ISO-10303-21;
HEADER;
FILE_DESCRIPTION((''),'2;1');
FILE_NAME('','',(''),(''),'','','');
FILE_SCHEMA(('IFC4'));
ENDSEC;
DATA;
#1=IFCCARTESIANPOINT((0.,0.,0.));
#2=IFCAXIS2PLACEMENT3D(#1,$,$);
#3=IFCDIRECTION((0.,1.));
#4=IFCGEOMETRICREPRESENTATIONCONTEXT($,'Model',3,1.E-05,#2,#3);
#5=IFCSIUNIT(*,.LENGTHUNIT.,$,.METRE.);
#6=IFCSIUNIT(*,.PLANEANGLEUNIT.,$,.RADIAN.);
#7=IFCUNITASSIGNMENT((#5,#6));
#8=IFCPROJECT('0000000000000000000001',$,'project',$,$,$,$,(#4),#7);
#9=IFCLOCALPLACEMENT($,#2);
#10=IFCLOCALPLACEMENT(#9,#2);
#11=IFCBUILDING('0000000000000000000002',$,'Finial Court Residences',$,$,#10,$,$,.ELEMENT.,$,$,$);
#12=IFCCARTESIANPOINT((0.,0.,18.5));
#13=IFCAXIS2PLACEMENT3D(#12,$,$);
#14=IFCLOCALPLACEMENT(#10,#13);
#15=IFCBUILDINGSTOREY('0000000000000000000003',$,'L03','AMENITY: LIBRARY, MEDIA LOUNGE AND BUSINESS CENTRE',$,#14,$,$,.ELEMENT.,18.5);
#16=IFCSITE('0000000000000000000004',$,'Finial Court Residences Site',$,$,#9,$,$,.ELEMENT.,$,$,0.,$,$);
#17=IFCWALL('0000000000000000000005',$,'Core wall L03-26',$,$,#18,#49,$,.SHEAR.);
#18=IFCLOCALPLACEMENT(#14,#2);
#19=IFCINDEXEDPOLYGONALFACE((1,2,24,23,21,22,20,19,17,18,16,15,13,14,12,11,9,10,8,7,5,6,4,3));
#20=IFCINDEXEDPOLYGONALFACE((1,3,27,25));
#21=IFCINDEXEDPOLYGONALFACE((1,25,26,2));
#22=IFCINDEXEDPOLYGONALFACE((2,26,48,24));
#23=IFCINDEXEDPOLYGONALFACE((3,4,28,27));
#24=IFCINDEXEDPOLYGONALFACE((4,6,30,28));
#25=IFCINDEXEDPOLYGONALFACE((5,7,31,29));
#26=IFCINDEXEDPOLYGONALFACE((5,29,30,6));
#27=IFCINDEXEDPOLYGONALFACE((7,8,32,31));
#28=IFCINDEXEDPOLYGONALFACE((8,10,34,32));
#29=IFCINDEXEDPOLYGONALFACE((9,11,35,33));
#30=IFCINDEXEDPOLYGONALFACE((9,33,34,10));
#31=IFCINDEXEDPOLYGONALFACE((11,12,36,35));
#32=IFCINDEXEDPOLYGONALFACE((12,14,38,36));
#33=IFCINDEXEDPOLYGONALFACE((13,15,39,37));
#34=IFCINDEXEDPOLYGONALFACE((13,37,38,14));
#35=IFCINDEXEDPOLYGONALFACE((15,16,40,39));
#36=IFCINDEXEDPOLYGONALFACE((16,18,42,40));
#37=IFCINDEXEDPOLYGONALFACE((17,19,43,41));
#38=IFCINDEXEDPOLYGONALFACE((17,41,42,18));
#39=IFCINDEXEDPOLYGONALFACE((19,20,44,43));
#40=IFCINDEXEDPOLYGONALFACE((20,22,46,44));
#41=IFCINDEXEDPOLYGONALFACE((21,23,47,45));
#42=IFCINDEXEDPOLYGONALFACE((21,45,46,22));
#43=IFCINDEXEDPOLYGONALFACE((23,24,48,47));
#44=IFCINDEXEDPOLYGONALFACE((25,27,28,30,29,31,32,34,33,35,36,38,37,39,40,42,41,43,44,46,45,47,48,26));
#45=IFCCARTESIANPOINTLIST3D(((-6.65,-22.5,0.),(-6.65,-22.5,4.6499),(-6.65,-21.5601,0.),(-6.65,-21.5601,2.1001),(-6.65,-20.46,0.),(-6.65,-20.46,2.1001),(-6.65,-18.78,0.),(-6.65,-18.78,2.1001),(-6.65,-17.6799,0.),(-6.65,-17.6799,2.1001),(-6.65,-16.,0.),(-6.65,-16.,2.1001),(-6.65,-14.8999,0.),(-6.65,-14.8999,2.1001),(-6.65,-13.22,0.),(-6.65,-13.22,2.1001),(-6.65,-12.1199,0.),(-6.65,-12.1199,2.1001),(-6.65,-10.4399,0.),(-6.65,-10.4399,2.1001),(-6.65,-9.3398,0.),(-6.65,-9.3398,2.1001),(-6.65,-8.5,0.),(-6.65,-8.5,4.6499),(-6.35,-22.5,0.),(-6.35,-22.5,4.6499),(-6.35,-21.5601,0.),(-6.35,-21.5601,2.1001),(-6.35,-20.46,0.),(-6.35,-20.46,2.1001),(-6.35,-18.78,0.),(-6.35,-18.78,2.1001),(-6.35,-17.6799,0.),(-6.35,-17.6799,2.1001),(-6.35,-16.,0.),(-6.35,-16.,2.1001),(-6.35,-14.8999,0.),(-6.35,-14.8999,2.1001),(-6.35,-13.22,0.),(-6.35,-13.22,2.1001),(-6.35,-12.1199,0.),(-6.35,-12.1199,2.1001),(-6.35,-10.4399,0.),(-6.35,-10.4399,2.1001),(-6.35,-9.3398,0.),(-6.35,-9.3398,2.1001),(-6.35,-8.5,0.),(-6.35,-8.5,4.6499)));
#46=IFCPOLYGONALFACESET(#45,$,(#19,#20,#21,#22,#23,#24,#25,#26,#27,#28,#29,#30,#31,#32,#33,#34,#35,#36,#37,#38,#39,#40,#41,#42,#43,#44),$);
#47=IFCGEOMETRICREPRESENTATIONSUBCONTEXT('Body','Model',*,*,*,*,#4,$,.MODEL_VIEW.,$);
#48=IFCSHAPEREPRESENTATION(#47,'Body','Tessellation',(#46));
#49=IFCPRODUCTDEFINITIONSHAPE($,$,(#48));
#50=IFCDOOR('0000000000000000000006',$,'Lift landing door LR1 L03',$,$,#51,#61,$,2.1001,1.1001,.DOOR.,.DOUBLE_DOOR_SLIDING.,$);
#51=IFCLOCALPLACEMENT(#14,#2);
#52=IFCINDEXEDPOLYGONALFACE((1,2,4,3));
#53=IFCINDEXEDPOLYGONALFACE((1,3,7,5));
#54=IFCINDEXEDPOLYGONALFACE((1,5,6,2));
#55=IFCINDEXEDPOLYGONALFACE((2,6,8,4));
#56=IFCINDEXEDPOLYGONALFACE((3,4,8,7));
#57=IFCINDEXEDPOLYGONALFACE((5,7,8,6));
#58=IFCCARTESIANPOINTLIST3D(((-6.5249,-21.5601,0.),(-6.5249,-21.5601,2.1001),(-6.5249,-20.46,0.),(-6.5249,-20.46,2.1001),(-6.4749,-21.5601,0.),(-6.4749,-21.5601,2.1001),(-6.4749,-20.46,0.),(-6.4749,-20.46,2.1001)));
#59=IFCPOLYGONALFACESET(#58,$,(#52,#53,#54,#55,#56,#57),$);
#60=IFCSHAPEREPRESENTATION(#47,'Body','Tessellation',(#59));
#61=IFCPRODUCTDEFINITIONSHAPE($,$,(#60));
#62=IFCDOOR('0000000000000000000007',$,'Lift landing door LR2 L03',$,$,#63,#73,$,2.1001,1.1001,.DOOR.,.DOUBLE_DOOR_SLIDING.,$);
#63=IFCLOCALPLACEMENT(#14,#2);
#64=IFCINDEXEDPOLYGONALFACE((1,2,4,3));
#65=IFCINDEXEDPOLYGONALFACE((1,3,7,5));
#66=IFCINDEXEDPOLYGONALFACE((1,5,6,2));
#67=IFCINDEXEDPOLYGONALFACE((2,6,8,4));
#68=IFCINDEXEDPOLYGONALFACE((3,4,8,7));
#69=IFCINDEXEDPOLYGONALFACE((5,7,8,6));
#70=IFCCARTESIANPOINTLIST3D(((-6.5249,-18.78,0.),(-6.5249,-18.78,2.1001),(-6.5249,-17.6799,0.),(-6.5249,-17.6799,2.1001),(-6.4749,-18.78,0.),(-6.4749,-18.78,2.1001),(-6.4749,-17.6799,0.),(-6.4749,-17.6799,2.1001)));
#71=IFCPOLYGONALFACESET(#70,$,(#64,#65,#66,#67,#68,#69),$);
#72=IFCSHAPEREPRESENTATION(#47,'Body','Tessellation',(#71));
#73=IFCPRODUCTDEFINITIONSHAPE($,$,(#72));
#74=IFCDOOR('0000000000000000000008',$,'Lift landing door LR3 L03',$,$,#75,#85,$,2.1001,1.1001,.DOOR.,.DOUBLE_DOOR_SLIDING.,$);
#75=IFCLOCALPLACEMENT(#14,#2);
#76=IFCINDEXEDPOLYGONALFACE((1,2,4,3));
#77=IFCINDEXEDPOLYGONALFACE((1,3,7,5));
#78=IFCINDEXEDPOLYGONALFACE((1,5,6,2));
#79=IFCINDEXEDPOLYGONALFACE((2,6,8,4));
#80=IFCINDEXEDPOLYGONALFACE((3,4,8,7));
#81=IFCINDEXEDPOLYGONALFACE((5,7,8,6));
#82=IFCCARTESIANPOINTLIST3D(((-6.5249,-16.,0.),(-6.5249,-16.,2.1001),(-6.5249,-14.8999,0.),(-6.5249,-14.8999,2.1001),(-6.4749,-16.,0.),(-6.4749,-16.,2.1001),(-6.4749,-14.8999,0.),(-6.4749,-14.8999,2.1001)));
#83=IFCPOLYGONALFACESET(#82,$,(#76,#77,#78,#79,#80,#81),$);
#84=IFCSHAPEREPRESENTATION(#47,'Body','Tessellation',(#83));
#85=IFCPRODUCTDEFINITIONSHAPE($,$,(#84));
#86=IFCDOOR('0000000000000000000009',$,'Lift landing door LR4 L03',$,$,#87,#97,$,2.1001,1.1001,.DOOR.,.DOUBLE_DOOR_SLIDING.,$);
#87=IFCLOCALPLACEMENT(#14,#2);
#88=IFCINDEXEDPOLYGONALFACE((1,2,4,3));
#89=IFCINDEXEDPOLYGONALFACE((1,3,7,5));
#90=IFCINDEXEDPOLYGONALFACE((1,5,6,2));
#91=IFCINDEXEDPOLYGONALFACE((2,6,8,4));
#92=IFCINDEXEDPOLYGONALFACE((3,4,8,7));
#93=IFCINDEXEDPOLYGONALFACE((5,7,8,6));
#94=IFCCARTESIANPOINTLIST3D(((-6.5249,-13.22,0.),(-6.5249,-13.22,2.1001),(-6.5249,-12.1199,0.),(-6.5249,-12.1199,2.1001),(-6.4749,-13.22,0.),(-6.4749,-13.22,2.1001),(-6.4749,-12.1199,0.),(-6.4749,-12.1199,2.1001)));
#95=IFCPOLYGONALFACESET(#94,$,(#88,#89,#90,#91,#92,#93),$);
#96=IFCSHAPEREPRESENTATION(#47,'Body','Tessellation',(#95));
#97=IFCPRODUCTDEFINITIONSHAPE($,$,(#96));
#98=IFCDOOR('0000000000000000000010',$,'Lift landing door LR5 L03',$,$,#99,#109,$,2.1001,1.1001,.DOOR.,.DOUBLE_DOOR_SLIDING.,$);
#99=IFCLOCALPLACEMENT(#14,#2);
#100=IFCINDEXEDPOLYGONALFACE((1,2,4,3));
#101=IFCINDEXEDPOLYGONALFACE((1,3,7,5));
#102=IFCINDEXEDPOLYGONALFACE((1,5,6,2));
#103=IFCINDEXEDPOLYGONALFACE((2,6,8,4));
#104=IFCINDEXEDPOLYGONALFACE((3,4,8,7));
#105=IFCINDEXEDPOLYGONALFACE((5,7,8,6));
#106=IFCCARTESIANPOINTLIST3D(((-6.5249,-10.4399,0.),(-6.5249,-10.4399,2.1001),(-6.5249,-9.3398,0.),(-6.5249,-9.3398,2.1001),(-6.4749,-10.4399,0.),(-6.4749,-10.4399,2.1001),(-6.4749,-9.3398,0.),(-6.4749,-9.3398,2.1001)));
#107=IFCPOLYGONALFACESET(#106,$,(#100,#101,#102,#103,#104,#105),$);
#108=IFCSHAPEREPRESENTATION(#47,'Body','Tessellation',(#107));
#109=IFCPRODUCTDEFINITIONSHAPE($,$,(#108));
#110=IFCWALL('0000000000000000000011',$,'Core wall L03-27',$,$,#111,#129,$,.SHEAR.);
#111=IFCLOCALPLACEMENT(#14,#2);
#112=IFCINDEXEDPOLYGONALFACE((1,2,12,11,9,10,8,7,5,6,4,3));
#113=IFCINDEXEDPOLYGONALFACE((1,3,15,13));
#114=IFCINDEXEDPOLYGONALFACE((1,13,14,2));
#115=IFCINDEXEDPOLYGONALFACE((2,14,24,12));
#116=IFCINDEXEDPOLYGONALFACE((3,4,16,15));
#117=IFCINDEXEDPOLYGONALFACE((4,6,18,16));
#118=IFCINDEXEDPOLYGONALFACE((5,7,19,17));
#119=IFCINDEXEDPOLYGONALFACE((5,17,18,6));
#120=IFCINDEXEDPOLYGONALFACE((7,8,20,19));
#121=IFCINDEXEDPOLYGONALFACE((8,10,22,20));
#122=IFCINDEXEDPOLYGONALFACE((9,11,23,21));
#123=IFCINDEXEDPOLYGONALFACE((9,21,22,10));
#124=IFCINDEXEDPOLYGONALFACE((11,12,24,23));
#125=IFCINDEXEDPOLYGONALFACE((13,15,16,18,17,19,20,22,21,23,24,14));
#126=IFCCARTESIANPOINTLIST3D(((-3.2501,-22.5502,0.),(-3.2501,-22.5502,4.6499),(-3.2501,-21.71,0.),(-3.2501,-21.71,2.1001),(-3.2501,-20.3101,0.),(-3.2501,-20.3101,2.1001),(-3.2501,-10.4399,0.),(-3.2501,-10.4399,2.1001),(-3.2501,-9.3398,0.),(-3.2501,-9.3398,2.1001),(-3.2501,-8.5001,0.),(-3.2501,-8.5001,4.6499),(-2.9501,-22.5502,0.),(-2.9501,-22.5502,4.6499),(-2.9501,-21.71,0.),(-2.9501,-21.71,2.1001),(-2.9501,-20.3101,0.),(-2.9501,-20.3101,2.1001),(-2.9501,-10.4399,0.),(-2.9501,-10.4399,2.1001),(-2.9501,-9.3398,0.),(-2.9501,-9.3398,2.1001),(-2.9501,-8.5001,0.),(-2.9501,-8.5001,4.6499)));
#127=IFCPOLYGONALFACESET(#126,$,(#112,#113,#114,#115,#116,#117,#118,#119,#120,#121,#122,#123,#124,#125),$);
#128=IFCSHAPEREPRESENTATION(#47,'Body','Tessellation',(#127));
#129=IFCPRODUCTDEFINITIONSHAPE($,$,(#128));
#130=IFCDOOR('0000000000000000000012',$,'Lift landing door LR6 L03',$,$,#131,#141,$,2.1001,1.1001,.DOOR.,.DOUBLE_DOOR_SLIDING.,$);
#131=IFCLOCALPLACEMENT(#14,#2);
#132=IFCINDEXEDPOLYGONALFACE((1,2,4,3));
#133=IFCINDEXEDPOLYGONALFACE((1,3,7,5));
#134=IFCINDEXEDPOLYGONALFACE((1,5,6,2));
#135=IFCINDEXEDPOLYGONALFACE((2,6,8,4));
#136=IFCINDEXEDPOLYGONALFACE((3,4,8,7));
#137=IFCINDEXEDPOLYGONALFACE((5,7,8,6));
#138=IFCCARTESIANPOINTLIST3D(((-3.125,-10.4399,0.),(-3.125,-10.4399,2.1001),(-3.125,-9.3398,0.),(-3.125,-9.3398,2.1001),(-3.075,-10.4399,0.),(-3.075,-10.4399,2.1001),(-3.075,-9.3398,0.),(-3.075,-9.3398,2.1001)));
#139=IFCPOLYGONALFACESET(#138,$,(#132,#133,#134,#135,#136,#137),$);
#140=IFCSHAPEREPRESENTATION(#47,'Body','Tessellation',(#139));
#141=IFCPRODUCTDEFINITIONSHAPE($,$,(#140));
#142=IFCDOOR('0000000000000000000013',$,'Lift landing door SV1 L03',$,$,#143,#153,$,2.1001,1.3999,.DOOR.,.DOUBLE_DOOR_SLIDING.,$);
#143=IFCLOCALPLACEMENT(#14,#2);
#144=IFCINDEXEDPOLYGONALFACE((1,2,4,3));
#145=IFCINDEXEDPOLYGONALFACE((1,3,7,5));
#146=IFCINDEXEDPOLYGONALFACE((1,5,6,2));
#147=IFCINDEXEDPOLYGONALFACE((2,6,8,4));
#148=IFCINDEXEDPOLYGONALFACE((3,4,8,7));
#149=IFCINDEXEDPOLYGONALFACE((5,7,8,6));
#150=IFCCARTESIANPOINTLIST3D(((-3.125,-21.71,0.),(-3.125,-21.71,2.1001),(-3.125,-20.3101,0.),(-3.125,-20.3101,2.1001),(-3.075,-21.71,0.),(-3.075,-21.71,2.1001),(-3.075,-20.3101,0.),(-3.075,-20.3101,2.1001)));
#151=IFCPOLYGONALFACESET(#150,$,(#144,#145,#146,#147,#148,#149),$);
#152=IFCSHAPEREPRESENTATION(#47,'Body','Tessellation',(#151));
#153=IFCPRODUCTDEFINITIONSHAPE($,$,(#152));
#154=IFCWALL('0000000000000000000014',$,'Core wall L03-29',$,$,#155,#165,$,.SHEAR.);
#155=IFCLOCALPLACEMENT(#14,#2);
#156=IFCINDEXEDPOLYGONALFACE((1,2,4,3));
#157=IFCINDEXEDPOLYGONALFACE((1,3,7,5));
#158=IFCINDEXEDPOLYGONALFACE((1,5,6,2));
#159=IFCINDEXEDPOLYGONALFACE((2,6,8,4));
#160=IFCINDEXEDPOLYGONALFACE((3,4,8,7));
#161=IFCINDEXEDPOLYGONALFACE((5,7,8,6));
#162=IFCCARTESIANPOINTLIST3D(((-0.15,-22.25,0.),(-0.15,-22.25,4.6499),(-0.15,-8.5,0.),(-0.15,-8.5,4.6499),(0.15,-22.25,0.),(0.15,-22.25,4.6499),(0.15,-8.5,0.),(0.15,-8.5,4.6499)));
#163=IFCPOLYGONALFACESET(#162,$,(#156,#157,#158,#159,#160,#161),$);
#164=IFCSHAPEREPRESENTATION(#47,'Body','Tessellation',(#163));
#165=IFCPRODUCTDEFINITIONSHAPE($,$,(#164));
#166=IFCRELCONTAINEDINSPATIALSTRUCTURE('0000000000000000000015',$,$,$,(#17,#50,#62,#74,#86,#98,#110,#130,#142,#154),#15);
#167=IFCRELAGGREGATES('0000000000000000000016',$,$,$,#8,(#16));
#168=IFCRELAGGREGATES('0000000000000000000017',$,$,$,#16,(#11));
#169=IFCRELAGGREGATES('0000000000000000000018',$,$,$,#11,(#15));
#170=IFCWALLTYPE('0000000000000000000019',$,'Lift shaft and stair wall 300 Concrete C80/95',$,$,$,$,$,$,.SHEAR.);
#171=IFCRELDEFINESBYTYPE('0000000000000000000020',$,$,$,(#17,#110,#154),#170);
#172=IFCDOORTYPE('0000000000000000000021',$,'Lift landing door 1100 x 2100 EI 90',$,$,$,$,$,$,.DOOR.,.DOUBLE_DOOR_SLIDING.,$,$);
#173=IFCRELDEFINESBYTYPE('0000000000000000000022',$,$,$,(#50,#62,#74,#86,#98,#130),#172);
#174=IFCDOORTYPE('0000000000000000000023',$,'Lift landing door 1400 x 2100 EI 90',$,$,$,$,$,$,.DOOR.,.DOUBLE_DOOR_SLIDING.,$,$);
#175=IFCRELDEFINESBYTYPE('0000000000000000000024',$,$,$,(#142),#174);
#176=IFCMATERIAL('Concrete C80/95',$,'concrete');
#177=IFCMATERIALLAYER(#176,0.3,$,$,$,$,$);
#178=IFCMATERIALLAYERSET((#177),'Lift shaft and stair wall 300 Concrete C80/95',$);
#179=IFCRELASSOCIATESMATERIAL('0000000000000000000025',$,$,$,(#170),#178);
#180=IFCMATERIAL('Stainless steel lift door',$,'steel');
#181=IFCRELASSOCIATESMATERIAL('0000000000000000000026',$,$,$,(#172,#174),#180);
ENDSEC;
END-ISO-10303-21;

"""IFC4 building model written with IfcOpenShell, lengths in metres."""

from ifc_helpers import new_model, si_unit, direction, frame, frame_2d, origin, place, context, subcontext, project, spatial, rectangle, extrude, material, layer, layer_set, type_object, element, fill, save


model = new_model("IFC4")

# Units and contexts
model_context = context("Model", 3, precision=1e-05, world=origin(), true_north=direction((0.0, 1.0)))
body_context = subcontext(model_context, "Body", "Model", "MODEL_VIEW")
ifc_project = project(units=[si_unit("LENGTHUNIT", "METRE"), si_unit("PLANEANGLEUNIT", "RADIAN")], contexts=[model_context])

# Site, building, storey
site_placement = place(None, origin())
site = spatial("IfcSite", under=ifc_project, at=site_placement, Name="Finial Court Residences Site", CompositionType="ELEMENT", RefElevation=0.0)
building_placement = place(site_placement, origin())
building = spatial("IfcBuilding", under=site, at=building_placement, Name="Finial Court Residences", CompositionType="ELEMENT")
storey_placement = place(building_placement, frame((0.0, 0.0, 18.5)))
storey = spatial("IfcBuildingStorey", under=building, at=storey_placement, Name="L03", Description="AMENITY: LIBRARY, MEDIA LOUNGE AND BUSINESS CENTRE", CompositionType="ELEMENT", Elevation=18.5)

# Shared definitions
ifc_material_1 = material(Name="Concrete C80/95", Category="concrete")
ifc_layer_1 = layer(ifc_material_1, 0.3)
ifc_layer_set_1 = layer_set([ifc_layer_1], Name="Lift shaft and stair wall 300 Concrete C80/95")
wall_type_1 = type_object("IfcWallType", Name="Lift shaft and stair wall 300 Concrete C80/95", PredefinedType="SHEAR", material=ifc_layer_set_1)

# Walls, openings, doors
wall_1_placement = place(storey_placement, frame((-6.5, -22.5, 0.0), z_axis=(0.0, 0.0, 1.0), x_axis=(0.0, 1.0, 0.0)))
wall_1 = element("IfcWall", 1, at=wall_1_placement, inside=storey, type_object=wall_type_1, Name="Core wall L03-26", PredefinedType="SHEAR", context=body_context, shape_type="SweptSolid", body=[
    extrude(rectangle(XDim=14.0, YDim=0.3, at=frame_2d((7.0, 0.0))), origin(), (0.0, 0.0, 1.0), 4.6499),
])
opening_1_placement = place(wall_1_placement, frame((0.9399, 0.0, 0.0)))
opening_1 = element("IfcOpeningElement", 2, at=opening_1_placement, cuts=wall_1, PredefinedType="OPENING", context=body_context, shape_type="SweptSolid", body=[
    extrude(rectangle(XDim=1.1001, YDim=2.1001, at=frame_2d((0.55, 1.05))), frame((0.0, 0.1599, 0.0), z_axis=(0.0, -1.0, 0.0), x_axis=(1.0, 0.0, 0.0)), (0.0, 0.0, 1.0), 0.3201),
])
opening_2_placement = place(wall_1_placement, frame((3.72, 0.0, 0.0)))
opening_2 = element("IfcOpeningElement", 3, at=opening_2_placement, cuts=wall_1, PredefinedType="OPENING", context=body_context, shape_type="SweptSolid", body=[
    extrude(rectangle(XDim=1.1001, YDim=2.1001, at=frame_2d((0.55, 1.05))), frame((0.0, 0.1599, 0.0), z_axis=(0.0, -1.0, 0.0), x_axis=(1.0, 0.0, 0.0)), (0.0, 0.0, 1.0), 0.3201),
])
opening_3_placement = place(wall_1_placement, frame((6.5, 0.0, 0.0)))
opening_3 = element("IfcOpeningElement", 4, at=opening_3_placement, cuts=wall_1, PredefinedType="OPENING", context=body_context, shape_type="SweptSolid", body=[
    extrude(rectangle(XDim=1.1001, YDim=2.1001, at=frame_2d((0.55, 1.05))), frame((0.0, 0.1599, 0.0), z_axis=(0.0, -1.0, 0.0), x_axis=(1.0, 0.0, 0.0)), (0.0, 0.0, 1.0), 0.3201),
])
opening_4_placement = place(wall_1_placement, frame((9.28, 0.0, 0.0)))
opening_4 = element("IfcOpeningElement", 5, at=opening_4_placement, cuts=wall_1, PredefinedType="OPENING", context=body_context, shape_type="SweptSolid", body=[
    extrude(rectangle(XDim=1.1001, YDim=2.1001, at=frame_2d((0.55, 1.05))), frame((0.0, 0.1599, 0.0), z_axis=(0.0, -1.0, 0.0), x_axis=(1.0, 0.0, 0.0)), (0.0, 0.0, 1.0), 0.3201),
])
opening_5_placement = place(wall_1_placement, frame((12.0601, 0.0, 0.0)))
opening_5 = element("IfcOpeningElement", 6, at=opening_5_placement, cuts=wall_1, PredefinedType="OPENING", context=body_context, shape_type="SweptSolid", body=[
    extrude(rectangle(XDim=1.1001, YDim=2.1001, at=frame_2d((0.55, 1.05))), frame((0.0, 0.1599, 0.0), z_axis=(0.0, -1.0, 0.0), x_axis=(1.0, 0.0, 0.0)), (0.0, 0.0, 1.0), 0.3201),
])
ifc_material_2 = material(Name="Stainless steel lift door", Category="steel")
door_type_1 = type_object("IfcDoorType", Name="Lift landing door 1100 x 2100 EI 90", OperationType="DOUBLE_DOOR_SLIDING", PredefinedType="DOOR", material=ifc_material_2)
door_1_placement = place(opening_1_placement, origin())
door_1 = element("IfcDoor", 7, at=door_1_placement, inside=storey, type_object=door_type_1, Name="Lift landing door LR1 L03", OperationType="DOUBLE_DOOR_SLIDING", OverallHeight=2.1001, OverallWidth=1.1001, PredefinedType="DOOR", context=body_context, shape_type="SweptSolid", body=[
    extrude(rectangle(XDim=1.1001, YDim=2.1001, at=frame_2d((0.55, 1.05))), frame((0.0, 0.0249, 0.0), z_axis=(0.0, -1.0, 0.0), x_axis=(1.0, 0.0, 0.0)), (0.0, 0.0, 1.0), 0.05),
])
fill(opening_1, door_1)
door_2_placement = place(opening_2_placement, origin())
door_2 = element("IfcDoor", 8, at=door_2_placement, inside=storey, type_object=door_type_1, Name="Lift landing door LR2 L03", OperationType="DOUBLE_DOOR_SLIDING", OverallHeight=2.1001, OverallWidth=1.1001, PredefinedType="DOOR", context=body_context, shape_type="SweptSolid", body=[
    extrude(rectangle(XDim=1.1001, YDim=2.1001, at=frame_2d((0.55, 1.05))), frame((0.0, 0.0249, 0.0), z_axis=(0.0, -1.0, 0.0), x_axis=(1.0, 0.0, 0.0)), (0.0, 0.0, 1.0), 0.05),
])
fill(opening_2, door_2)
door_3_placement = place(opening_3_placement, origin())
door_3 = element("IfcDoor", 9, at=door_3_placement, inside=storey, type_object=door_type_1, Name="Lift landing door LR3 L03", OperationType="DOUBLE_DOOR_SLIDING", OverallHeight=2.1001, OverallWidth=1.1001, PredefinedType="DOOR", context=body_context, shape_type="SweptSolid", body=[
    extrude(rectangle(XDim=1.1001, YDim=2.1001, at=frame_2d((0.55, 1.05))), frame((0.0, 0.0249, 0.0), z_axis=(0.0, -1.0, 0.0), x_axis=(1.0, 0.0, 0.0)), (0.0, 0.0, 1.0), 0.05),
])
fill(opening_3, door_3)
door_4_placement = place(opening_4_placement, origin())
door_4 = element("IfcDoor", 10, at=door_4_placement, inside=storey, type_object=door_type_1, Name="Lift landing door LR4 L03", OperationType="DOUBLE_DOOR_SLIDING", OverallHeight=2.1001, OverallWidth=1.1001, PredefinedType="DOOR", context=body_context, shape_type="SweptSolid", body=[
    extrude(rectangle(XDim=1.1001, YDim=2.1001, at=frame_2d((0.55, 1.05))), frame((0.0, 0.0249, 0.0), z_axis=(0.0, -1.0, 0.0), x_axis=(1.0, 0.0, 0.0)), (0.0, 0.0, 1.0), 0.05),
])
fill(opening_4, door_4)
door_5_placement = place(opening_5_placement, origin())
door_5 = element("IfcDoor", 11, at=door_5_placement, inside=storey, type_object=door_type_1, Name="Lift landing door LR5 L03", OperationType="DOUBLE_DOOR_SLIDING", OverallHeight=2.1001, OverallWidth=1.1001, PredefinedType="DOOR", context=body_context, shape_type="SweptSolid", body=[
    extrude(rectangle(XDim=1.1001, YDim=2.1001, at=frame_2d((0.55, 1.05))), frame((0.0, 0.0249, 0.0), z_axis=(0.0, -1.0, 0.0), x_axis=(1.0, 0.0, 0.0)), (0.0, 0.0, 1.0), 0.05),
])
fill(opening_5, door_5)
wall_2_placement = place(storey_placement, frame((-3.1001, -22.55, 0.0), z_axis=(0.0, 0.0, 1.0), x_axis=(0.0, 1.0, 0.0)))
wall_2 = element("IfcWall", 12, at=wall_2_placement, inside=storey, type_object=wall_type_1, Name="Core wall L03-27", PredefinedType="SHEAR", context=body_context, shape_type="SweptSolid", body=[
    extrude(rectangle(XDim=14.05, YDim=0.3, at=frame_2d((7.0249, 0.0))), origin(), (0.0, 0.0, 1.0), 4.6499),
])
opening_6_placement = place(wall_2_placement, frame((12.1101, 0.0, 0.0)))
opening_6 = element("IfcOpeningElement", 13, at=opening_6_placement, cuts=wall_2, PredefinedType="OPENING", context=body_context, shape_type="SweptSolid", body=[
    extrude(rectangle(XDim=1.1001, YDim=2.1001, at=frame_2d((0.55, 1.05))), frame((0.0, 0.1599, 0.0), z_axis=(0.0, -1.0, 0.0), x_axis=(1.0, 0.0, 0.0)), (0.0, 0.0, 1.0), 0.3201),
])
opening_7_placement = place(wall_2_placement, frame((0.8401, 0.0, 0.0)))
opening_7 = element("IfcOpeningElement", 14, at=opening_7_placement, cuts=wall_2, PredefinedType="OPENING", context=body_context, shape_type="SweptSolid", body=[
    extrude(rectangle(XDim=1.3999, YDim=2.1001, at=frame_2d((0.7, 1.05))), frame((0.0, 0.1599, 0.0), z_axis=(0.0, -1.0, 0.0), x_axis=(1.0, 0.0, 0.0)), (0.0, 0.0, 1.0), 0.3201),
])
door_6_placement = place(opening_6_placement, origin())
door_6 = element("IfcDoor", 15, at=door_6_placement, inside=storey, type_object=door_type_1, Name="Lift landing door LR6 L03", OperationType="DOUBLE_DOOR_SLIDING", OverallHeight=2.1001, OverallWidth=1.1001, PredefinedType="DOOR", context=body_context, shape_type="SweptSolid", body=[
    extrude(rectangle(XDim=1.1001, YDim=2.1001, at=frame_2d((0.55, 1.05))), frame((0.0, 0.0249, 0.0), z_axis=(0.0, -1.0, 0.0), x_axis=(1.0, 0.0, 0.0)), (0.0, 0.0, 1.0), 0.05),
])
fill(opening_6, door_6)
door_type_2 = type_object("IfcDoorType", Name="Lift landing door 1400 x 2100 EI 90", OperationType="DOUBLE_DOOR_SLIDING", PredefinedType="DOOR", material=ifc_material_2)
door_7_placement = place(opening_7_placement, origin())
door_7 = element("IfcDoor", 16, at=door_7_placement, inside=storey, type_object=door_type_2, Name="Lift landing door SV1 L03", OperationType="DOUBLE_DOOR_SLIDING", OverallHeight=2.1001, OverallWidth=1.3999, PredefinedType="DOOR", context=body_context, shape_type="SweptSolid", body=[
    extrude(rectangle(XDim=1.3999, YDim=2.1001, at=frame_2d((0.7, 1.05))), frame((0.0, 0.0249, 0.0), z_axis=(0.0, -1.0, 0.0), x_axis=(1.0, 0.0, 0.0)), (0.0, 0.0, 1.0), 0.05),
])
fill(opening_7, door_7)

# Wall
wall_3_placement = place(storey_placement, frame((0.0, -22.25, 0.0), z_axis=(0.0, 0.0, 1.0), x_axis=(0.0, 1.0, 0.0)))
element("IfcWall", 17, at=wall_3_placement, inside=storey, type_object=wall_type_1, Name="Core wall L03-29", PredefinedType="SHEAR", context=body_context, shape_type="SweptSolid", body=[
    extrude(rectangle(XDim=13.75, YDim=0.3, at=frame_2d((6.875, 0.0))), origin(), (0.0, 0.0, 1.0), 4.6499),
])

save(model, "model.ifc")
